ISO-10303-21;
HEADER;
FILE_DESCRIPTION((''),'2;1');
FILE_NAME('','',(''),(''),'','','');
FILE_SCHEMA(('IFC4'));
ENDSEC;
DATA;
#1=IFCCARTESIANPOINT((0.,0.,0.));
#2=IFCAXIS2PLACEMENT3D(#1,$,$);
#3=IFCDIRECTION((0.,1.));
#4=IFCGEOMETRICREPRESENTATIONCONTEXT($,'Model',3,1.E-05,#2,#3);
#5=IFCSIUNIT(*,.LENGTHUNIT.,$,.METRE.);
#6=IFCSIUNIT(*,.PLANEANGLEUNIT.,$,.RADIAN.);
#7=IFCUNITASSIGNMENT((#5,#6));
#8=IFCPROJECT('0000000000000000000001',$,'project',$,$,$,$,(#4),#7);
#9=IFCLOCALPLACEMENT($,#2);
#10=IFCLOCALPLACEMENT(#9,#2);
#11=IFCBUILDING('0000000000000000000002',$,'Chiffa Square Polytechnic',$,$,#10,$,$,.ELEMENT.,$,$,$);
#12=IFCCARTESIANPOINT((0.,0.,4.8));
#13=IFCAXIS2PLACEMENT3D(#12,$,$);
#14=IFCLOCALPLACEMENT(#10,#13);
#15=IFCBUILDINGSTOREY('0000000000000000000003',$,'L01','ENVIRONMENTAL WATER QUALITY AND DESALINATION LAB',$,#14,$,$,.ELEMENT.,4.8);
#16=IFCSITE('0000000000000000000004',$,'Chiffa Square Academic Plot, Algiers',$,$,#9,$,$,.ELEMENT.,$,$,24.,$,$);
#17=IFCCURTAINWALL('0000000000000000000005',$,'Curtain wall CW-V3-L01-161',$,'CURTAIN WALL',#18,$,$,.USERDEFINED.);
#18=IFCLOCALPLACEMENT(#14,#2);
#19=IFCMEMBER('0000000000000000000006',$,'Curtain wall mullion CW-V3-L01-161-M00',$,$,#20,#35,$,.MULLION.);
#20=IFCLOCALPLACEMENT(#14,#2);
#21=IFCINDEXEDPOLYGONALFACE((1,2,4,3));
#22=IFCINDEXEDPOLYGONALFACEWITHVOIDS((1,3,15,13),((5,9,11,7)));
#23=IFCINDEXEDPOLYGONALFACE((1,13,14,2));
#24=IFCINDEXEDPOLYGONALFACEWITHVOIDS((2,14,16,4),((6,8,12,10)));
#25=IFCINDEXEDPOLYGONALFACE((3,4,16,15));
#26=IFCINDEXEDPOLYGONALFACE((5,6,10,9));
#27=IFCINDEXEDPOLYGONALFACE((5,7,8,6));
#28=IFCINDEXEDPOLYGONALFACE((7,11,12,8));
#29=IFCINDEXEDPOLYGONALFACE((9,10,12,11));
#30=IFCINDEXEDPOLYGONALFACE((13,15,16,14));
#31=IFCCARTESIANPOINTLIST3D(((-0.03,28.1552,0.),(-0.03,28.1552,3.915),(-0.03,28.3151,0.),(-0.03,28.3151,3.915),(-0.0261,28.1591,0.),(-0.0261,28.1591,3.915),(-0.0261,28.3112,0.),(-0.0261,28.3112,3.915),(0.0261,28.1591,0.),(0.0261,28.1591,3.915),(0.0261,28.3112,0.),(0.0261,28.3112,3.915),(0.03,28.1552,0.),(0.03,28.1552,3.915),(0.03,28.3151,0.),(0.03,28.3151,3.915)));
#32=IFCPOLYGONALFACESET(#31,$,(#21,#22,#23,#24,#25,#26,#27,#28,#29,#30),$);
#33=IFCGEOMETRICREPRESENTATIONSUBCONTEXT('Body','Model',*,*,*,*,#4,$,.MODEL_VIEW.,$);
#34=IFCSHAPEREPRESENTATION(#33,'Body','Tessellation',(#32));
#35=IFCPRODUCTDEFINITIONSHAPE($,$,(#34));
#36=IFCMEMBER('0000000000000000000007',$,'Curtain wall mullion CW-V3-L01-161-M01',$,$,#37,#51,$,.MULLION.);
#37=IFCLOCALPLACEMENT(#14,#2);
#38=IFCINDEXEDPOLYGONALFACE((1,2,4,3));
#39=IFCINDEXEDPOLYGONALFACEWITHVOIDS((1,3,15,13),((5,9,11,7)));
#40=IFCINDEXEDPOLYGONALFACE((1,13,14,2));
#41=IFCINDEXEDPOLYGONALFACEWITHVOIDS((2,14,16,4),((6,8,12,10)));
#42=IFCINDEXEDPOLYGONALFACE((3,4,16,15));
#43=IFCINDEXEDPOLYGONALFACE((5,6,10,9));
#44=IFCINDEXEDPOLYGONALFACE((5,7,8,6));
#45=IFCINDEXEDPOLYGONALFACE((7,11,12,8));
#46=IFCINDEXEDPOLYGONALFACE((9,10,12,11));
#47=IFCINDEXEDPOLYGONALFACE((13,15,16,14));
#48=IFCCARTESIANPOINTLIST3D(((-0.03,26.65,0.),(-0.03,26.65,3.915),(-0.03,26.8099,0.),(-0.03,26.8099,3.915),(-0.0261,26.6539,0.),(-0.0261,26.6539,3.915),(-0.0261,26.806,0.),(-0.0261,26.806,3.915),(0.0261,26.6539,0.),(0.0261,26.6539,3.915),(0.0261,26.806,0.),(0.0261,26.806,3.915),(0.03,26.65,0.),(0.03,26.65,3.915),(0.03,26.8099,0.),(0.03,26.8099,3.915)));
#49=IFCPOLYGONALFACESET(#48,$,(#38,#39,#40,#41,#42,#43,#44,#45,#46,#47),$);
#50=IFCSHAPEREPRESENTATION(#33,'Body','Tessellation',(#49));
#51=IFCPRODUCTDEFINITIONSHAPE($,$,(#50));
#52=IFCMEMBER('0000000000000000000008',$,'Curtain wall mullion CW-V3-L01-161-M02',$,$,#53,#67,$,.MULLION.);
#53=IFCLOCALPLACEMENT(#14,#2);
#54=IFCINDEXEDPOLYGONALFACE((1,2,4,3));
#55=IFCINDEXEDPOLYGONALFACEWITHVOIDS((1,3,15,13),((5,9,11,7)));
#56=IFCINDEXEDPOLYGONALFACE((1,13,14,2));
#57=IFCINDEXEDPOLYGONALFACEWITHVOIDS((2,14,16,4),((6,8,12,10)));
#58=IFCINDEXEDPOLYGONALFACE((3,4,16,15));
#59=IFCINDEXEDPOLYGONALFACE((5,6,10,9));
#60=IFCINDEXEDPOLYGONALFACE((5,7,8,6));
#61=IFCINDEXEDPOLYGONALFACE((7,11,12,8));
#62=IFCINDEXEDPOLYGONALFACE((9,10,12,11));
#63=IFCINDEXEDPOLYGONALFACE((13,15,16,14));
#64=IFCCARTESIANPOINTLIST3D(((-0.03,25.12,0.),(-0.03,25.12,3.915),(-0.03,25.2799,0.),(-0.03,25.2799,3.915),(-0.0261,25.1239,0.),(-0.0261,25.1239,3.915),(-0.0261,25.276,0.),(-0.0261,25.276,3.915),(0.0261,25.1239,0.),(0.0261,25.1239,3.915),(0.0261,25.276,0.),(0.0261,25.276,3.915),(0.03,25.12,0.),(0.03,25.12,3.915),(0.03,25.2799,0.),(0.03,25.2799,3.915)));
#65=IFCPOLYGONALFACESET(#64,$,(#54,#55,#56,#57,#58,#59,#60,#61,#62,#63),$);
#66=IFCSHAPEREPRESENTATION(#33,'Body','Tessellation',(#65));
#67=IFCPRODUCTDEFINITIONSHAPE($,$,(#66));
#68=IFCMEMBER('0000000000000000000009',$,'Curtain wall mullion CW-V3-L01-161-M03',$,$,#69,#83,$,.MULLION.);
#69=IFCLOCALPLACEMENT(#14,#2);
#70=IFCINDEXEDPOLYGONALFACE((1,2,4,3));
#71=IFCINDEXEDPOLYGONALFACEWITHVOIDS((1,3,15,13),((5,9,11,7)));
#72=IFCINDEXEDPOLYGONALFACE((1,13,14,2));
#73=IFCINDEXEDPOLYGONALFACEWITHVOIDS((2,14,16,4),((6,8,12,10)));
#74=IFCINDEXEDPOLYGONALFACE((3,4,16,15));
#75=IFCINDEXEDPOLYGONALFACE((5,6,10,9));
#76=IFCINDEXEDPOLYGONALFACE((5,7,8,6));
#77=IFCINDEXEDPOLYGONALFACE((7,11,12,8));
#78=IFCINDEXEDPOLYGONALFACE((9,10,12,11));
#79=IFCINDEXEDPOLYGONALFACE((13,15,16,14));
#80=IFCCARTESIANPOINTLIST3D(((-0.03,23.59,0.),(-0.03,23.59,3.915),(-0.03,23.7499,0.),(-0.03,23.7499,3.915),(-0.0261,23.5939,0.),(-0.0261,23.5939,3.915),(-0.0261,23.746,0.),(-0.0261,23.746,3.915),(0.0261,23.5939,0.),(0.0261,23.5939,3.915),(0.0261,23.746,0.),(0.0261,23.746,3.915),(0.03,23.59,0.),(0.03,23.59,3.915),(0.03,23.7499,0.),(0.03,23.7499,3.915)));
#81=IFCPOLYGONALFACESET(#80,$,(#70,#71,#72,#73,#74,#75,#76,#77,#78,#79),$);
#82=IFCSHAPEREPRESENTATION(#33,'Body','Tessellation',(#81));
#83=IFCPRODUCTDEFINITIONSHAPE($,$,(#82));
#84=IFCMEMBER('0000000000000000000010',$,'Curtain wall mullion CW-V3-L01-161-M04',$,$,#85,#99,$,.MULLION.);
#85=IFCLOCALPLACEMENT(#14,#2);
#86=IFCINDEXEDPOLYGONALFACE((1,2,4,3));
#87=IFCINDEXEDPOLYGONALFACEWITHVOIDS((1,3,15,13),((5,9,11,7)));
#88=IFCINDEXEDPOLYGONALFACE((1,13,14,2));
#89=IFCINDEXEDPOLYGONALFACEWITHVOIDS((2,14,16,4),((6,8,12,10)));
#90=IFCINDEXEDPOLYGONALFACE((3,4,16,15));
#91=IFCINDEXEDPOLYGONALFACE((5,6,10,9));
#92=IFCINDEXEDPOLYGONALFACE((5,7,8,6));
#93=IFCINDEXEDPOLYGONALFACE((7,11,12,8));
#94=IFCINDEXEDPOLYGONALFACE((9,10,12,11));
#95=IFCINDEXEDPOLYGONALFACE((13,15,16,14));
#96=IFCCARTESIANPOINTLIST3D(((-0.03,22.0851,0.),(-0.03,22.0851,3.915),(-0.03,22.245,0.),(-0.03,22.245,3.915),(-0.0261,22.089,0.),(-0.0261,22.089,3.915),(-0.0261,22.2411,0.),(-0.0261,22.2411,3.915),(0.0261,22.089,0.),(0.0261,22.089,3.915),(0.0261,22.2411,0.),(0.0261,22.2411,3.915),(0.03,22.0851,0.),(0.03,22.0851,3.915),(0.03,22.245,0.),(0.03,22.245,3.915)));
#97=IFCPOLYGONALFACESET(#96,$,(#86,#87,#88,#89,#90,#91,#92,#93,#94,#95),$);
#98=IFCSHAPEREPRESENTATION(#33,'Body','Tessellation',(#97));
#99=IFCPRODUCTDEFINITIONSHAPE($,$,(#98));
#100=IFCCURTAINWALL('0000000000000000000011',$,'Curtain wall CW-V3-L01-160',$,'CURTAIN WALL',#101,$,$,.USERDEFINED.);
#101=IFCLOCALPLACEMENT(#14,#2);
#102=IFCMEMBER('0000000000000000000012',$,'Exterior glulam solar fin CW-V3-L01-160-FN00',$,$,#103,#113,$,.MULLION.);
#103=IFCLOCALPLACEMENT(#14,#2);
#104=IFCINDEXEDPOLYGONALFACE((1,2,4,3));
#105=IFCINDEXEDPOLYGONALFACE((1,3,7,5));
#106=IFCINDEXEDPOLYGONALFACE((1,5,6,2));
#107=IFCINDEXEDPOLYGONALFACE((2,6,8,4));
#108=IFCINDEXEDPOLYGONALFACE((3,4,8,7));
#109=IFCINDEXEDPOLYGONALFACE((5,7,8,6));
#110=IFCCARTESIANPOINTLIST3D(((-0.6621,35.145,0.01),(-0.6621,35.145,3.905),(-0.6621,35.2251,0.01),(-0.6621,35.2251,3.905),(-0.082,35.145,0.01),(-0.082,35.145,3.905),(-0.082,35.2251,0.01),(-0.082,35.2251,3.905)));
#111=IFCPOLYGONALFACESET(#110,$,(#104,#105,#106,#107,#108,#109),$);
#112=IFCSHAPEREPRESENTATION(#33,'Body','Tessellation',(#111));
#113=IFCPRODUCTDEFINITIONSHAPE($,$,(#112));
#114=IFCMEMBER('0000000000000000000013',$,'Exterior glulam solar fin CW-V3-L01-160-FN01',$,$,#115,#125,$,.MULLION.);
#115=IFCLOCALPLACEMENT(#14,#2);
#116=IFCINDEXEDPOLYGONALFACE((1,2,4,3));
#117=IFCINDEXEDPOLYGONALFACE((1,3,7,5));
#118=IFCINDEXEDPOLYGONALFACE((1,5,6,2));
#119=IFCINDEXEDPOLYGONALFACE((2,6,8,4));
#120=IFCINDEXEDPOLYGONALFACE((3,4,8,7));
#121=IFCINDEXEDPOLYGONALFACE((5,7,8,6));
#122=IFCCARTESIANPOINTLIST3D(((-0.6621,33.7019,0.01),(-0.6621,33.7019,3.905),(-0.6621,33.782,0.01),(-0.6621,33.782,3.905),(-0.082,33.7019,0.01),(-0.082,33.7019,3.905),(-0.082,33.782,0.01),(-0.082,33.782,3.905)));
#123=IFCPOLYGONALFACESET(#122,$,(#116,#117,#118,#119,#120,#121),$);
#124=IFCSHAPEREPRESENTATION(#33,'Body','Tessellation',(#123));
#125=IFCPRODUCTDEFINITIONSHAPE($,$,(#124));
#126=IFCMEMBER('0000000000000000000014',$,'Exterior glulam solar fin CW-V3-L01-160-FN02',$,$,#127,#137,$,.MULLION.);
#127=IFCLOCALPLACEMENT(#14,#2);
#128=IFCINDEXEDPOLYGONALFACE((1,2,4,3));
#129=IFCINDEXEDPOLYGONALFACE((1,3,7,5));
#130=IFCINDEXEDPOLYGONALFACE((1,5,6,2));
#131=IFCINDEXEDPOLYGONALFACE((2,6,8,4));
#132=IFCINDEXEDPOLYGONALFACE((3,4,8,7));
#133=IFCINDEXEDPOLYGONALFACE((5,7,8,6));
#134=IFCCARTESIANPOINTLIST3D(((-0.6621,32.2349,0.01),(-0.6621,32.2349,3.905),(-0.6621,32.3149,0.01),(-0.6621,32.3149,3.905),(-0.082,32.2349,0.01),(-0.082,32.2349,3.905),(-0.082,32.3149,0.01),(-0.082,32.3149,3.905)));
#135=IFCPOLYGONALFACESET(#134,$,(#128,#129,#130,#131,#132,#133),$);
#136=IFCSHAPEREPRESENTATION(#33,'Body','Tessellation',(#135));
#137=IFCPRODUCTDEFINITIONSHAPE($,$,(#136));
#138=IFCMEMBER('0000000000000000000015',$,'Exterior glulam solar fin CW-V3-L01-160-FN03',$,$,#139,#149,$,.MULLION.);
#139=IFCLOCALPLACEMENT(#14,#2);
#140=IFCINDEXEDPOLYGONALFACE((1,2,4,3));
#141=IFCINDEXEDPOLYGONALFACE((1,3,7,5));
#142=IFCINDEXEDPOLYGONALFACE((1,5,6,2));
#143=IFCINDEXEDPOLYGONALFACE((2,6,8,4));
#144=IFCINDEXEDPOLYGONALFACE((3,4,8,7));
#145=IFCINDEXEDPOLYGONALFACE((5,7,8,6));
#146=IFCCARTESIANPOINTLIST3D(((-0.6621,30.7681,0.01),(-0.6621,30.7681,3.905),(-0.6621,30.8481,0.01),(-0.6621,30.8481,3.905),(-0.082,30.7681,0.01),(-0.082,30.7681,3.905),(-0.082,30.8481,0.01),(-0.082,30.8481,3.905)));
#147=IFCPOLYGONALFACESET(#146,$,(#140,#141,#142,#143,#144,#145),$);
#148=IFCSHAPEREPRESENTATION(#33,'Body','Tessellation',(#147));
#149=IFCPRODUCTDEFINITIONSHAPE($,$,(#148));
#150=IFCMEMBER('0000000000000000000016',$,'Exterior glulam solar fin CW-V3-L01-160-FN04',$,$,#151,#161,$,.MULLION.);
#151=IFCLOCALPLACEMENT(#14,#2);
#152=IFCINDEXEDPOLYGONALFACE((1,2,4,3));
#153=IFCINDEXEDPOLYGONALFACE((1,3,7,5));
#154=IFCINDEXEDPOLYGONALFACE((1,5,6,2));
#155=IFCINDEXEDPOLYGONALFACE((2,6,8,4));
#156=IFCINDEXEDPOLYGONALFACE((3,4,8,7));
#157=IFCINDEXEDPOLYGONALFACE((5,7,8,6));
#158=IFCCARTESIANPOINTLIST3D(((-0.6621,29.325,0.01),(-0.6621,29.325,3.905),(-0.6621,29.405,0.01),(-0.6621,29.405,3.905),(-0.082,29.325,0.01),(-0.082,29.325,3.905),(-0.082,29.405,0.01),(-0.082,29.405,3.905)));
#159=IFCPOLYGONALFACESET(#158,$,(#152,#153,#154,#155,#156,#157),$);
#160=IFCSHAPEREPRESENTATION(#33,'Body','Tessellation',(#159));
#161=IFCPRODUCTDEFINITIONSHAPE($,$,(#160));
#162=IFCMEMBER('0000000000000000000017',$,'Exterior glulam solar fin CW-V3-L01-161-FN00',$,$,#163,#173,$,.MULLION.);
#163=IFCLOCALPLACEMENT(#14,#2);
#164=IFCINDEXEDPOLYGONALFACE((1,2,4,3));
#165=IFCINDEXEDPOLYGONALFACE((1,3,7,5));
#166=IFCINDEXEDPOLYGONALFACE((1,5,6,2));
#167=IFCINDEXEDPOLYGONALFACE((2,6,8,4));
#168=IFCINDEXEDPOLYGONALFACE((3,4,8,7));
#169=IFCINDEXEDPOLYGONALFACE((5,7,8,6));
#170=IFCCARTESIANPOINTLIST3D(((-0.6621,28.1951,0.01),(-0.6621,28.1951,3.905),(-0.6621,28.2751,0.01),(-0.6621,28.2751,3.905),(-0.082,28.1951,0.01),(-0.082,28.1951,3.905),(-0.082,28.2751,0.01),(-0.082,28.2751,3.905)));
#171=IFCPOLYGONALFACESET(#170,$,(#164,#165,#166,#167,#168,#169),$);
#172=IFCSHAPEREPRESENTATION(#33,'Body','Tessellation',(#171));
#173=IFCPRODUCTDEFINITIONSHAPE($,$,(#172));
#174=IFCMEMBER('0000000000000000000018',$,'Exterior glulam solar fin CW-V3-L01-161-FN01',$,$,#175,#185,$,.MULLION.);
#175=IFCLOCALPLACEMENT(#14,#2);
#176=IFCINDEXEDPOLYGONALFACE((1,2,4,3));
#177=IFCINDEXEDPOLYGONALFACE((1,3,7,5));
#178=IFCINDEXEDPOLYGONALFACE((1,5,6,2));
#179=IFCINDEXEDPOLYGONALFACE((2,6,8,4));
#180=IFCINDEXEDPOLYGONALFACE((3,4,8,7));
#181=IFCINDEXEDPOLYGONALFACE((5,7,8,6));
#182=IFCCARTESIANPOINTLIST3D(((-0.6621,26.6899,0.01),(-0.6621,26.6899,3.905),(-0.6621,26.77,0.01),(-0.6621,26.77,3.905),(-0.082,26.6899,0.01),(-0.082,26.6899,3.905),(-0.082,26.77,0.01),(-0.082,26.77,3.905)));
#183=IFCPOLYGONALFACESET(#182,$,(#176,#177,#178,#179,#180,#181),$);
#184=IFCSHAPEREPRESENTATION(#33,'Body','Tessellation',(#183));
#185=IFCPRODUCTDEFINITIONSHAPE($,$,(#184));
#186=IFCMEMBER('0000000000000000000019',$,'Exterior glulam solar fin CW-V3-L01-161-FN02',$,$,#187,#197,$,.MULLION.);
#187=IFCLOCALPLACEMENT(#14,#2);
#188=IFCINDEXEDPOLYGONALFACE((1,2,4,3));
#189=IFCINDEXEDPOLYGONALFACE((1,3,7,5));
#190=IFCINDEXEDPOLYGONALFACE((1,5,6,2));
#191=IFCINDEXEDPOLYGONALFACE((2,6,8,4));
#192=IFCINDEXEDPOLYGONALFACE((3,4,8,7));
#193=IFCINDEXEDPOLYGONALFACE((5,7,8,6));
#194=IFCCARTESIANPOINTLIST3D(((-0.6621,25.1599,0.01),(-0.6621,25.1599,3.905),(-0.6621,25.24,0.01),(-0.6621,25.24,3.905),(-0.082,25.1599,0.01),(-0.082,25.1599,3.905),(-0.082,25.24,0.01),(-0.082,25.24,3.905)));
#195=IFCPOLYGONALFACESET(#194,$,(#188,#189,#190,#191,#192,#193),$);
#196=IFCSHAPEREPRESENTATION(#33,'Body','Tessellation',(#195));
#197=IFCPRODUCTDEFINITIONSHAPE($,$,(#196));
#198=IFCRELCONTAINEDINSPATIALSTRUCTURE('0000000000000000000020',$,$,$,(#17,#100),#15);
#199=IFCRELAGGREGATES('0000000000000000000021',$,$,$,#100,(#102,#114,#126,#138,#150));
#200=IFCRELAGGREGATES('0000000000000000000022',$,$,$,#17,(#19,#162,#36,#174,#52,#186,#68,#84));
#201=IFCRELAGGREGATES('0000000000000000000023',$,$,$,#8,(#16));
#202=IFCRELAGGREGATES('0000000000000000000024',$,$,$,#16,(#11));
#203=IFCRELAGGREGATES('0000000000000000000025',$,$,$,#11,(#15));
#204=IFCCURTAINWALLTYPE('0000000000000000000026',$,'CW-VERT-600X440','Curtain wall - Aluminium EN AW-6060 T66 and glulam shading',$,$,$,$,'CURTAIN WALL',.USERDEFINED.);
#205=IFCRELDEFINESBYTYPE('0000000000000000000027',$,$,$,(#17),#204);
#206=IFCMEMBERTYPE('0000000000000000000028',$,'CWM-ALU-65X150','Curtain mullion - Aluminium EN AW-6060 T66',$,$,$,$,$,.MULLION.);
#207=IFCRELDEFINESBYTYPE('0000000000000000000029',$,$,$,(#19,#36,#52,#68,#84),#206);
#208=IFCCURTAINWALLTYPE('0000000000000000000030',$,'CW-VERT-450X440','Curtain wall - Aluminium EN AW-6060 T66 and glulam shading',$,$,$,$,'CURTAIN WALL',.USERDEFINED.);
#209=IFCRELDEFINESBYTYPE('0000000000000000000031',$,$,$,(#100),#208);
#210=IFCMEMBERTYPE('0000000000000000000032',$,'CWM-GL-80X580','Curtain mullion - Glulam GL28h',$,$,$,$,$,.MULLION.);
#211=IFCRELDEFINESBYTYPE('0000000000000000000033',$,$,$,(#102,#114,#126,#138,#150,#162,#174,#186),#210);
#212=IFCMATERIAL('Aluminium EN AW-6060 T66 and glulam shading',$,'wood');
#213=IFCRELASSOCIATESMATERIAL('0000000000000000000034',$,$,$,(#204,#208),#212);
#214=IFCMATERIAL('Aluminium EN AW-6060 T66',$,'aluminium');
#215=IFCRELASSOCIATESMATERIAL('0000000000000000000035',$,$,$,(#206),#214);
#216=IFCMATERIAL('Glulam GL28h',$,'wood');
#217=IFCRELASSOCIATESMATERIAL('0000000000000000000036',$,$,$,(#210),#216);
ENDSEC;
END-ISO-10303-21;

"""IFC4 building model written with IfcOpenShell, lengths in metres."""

from ifc_helpers import new_model, si_unit, direction, frame, origin, origin_2d, place, context, subcontext, project, spatial, rectangle, hollow_rectangle, extrude, material, material_profile, profile_set, type_object, element, aggregate, save


model = new_model("IFC4")

# Units and contexts
model_context = context("Model", 3, precision=1e-05, world=origin(), true_north=direction((0.0, 1.0)))
body_context = subcontext(model_context, "Body", "Model", "MODEL_VIEW")
ifc_project = project(units=[si_unit("LENGTHUNIT", "METRE"), si_unit("PLANEANGLEUNIT", "RADIAN")], contexts=[model_context])

# Site, building, storey
site_placement = place(None, origin())
site = spatial("IfcSite", under=ifc_project, at=site_placement, Name="Chiffa Square Academic Plot, Algiers", CompositionType="ELEMENT", RefElevation=24.0)
building_placement = place(site_placement, origin())
building = spatial("IfcBuilding", under=site, at=building_placement, Name="Chiffa Square Polytechnic", CompositionType="ELEMENT")
storey_placement = place(building_placement, frame((0.0, 0.0, 4.8)))
storey = spatial("IfcBuildingStorey", under=building, at=storey_placement, Name="L01", Description="ENVIRONMENTAL WATER QUALITY AND DESALINATION LAB", CompositionType="ELEMENT", Elevation=4.8)

# Curtain walls, members
ifc_material_1 = material(Name="Aluminium EN AW-6060 T66 and glulam shading", Category="wood")
curtain_wall_type_1 = type_object("IfcCurtainWallType", Name="CW-VERT-600X440", Description="Curtain wall - Aluminium EN AW-6060 T66 and glulam shading", ElementType="CURTAIN WALL", PredefinedType="USERDEFINED", material=ifc_material_1)
curtain_wall_1_placement = place(storey_placement, origin())
curtain_wall_1 = element("IfcCurtainWall", 1, at=curtain_wall_1_placement, inside=storey, type_object=curtain_wall_type_1, Name="Curtain wall CW-V3-L01-161", ObjectType="CURTAIN WALL", PredefinedType="USERDEFINED")
ifc_material_2 = material(Name="Aluminium EN AW-6060 T66", Category="aluminium")
ifc_material_profile_1 = material_profile(ifc_material_2, hollow_rectangle(XDim=0.0601, YDim=0.1599, WallThickness=0.0039, at=origin_2d()), Name="ALU 60x160x4")
ifc_profile_set_1 = profile_set([ifc_material_profile_1], Name="Aluminium EN AW-6060 T66")
member_type_1 = type_object("IfcMemberType", Name="CWM-ALU-65X150", Description="Curtain mullion - Aluminium EN AW-6060 T66", PredefinedType="MULLION", material=ifc_profile_set_1)
member_1_placement = place(storey_placement, frame((0.0, 28.2351, 0.0), z_axis=(0.0, 0.0, 1.0), x_axis=(1.0, 0.0, 0.0)))
member_1 = element("IfcMember", 2, at=member_1_placement, type_object=member_type_1, Name="Curtain wall mullion CW-V3-L01-161-M00", PredefinedType="MULLION", context=body_context, shape_type="SweptSolid", body=[
    extrude(hollow_rectangle(XDim=0.0601, YDim=0.1599, WallThickness=0.0039, at=origin_2d()), origin(), (0.0, 0.0, 1.0), 3.915),
])
member_2_placement = place(storey_placement, frame((0.0, 26.73, 0.0), z_axis=(0.0, 0.0, 1.0), x_axis=(1.0, 0.0, 0.0)))
member_2 = element("IfcMember", 3, at=member_2_placement, type_object=member_type_1, Name="Curtain wall mullion CW-V3-L01-161-M01", PredefinedType="MULLION", context=body_context, shape_type="SweptSolid", body=[
    extrude(hollow_rectangle(XDim=0.0601, YDim=0.1599, WallThickness=0.0039, at=origin_2d()), origin(), (0.0, 0.0, 1.0), 3.915),
])
member_3_placement = place(storey_placement, frame((0.0, 25.2, 0.0), z_axis=(0.0, 0.0, 1.0), x_axis=(1.0, 0.0, 0.0)))
member_3 = element("IfcMember", 4, at=member_3_placement, type_object=member_type_1, Name="Curtain wall mullion CW-V3-L01-161-M02", PredefinedType="MULLION", context=body_context, shape_type="SweptSolid", body=[
    extrude(hollow_rectangle(XDim=0.0601, YDim=0.1599, WallThickness=0.0039, at=origin_2d()), origin(), (0.0, 0.0, 1.0), 3.915),
])
member_4_placement = place(storey_placement, frame((0.0, 23.6699, 0.0), z_axis=(0.0, 0.0, 1.0), x_axis=(1.0, 0.0, 0.0)))
member_4 = element("IfcMember", 5, at=member_4_placement, type_object=member_type_1, Name="Curtain wall mullion CW-V3-L01-161-M03", PredefinedType="MULLION", context=body_context, shape_type="SweptSolid", body=[
    extrude(hollow_rectangle(XDim=0.0601, YDim=0.1599, WallThickness=0.0039, at=origin_2d()), origin(), (0.0, 0.0, 1.0), 3.915),
])
member_5_placement = place(storey_placement, frame((0.0, 22.165, 0.0), z_axis=(0.0, 0.0, 1.0), x_axis=(1.0, 0.0, 0.0)))
member_5 = element("IfcMember", 6, at=member_5_placement, type_object=member_type_1, Name="Curtain wall mullion CW-V3-L01-161-M04", PredefinedType="MULLION", context=body_context, shape_type="SweptSolid", body=[
    extrude(hollow_rectangle(XDim=0.0601, YDim=0.1599, WallThickness=0.0039, at=origin_2d()), origin(), (0.0, 0.0, 1.0), 3.915),
])
curtain_wall_type_2 = type_object("IfcCurtainWallType", Name="CW-VERT-450X440", Description="Curtain wall - Aluminium EN AW-6060 T66 and glulam shading", ElementType="CURTAIN WALL", PredefinedType="USERDEFINED", material=ifc_material_1)
curtain_wall_2_placement = place(storey_placement, origin())
curtain_wall_2 = element("IfcCurtainWall", 7, at=curtain_wall_2_placement, inside=storey, type_object=curtain_wall_type_2, Name="Curtain wall CW-V3-L01-160", ObjectType="CURTAIN WALL", PredefinedType="USERDEFINED")
ifc_material_3 = material(Name="Glulam GL28h", Category="wood")
ifc_material_profile_2 = material_profile(ifc_material_3, rectangle(XDim=0.0801, YDim=0.5801, at=origin_2d()), Name="GL28h 80x580")
ifc_profile_set_2 = profile_set([ifc_material_profile_2], Name="Glulam GL28h")
member_type_2 = type_object("IfcMemberType", Name="CWM-GL-80X580", Description="Curtain mullion - Glulam GL28h", PredefinedType="MULLION", material=ifc_profile_set_2)
member_6_placement = place(storey_placement, frame((-0.3721, 35.1851, 0.01), z_axis=(0.0, 0.0, 1.0), x_axis=(0.0, -1.0, 0.0)))
member_6 = element("IfcMember", 8, at=member_6_placement, type_object=member_type_2, Name="Exterior glulam solar fin CW-V3-L01-160-FN00", PredefinedType="MULLION", context=body_context, shape_type="SweptSolid", body=[
    extrude(rectangle(XDim=0.0801, YDim=0.5801, at=origin_2d()), origin(), (0.0, 0.0, 1.0), 3.895),
])
member_7_placement = place(storey_placement, frame((-0.3721, 33.7419, 0.01), z_axis=(0.0, 0.0, 1.0), x_axis=(0.0, -1.0, 0.0)))
member_7 = element("IfcMember", 9, at=member_7_placement, type_object=member_type_2, Name="Exterior glulam solar fin CW-V3-L01-160-FN01", PredefinedType="MULLION", context=body_context, shape_type="SweptSolid", body=[
    extrude(rectangle(XDim=0.0801, YDim=0.5801, at=origin_2d()), origin(), (0.0, 0.0, 1.0), 3.895),
])
member_8_placement = place(storey_placement, frame((-0.3721, 32.2749, 0.01), z_axis=(0.0, 0.0, 1.0), x_axis=(0.0, -1.0, 0.0)))
member_8 = element("IfcMember", 10, at=member_8_placement, type_object=member_type_2, Name="Exterior glulam solar fin CW-V3-L01-160-FN02", PredefinedType="MULLION", context=body_context, shape_type="SweptSolid", body=[
    extrude(rectangle(XDim=0.0801, YDim=0.5801, at=origin_2d()), origin(), (0.0, 0.0, 1.0), 3.895),
])
member_9_placement = place(storey_placement, frame((-0.3721, 30.8081, 0.01), z_axis=(0.0, 0.0, 1.0), x_axis=(0.0, -1.0, 0.0)))
member_9 = element("IfcMember", 11, at=member_9_placement, type_object=member_type_2, Name="Exterior glulam solar fin CW-V3-L01-160-FN03", PredefinedType="MULLION", context=body_context, shape_type="SweptSolid", body=[
    extrude(rectangle(XDim=0.0801, YDim=0.5801, at=origin_2d()), origin(), (0.0, 0.0, 1.0), 3.895),
])
member_10_placement = place(storey_placement, frame((-0.3721, 29.365, 0.01), z_axis=(0.0, 0.0, 1.0), x_axis=(0.0, -1.0, 0.0)))
member_10 = element("IfcMember", 12, at=member_10_placement, type_object=member_type_2, Name="Exterior glulam solar fin CW-V3-L01-160-FN04", PredefinedType="MULLION", context=body_context, shape_type="SweptSolid", body=[
    extrude(rectangle(XDim=0.0801, YDim=0.5801, at=origin_2d()), origin(), (0.0, 0.0, 1.0), 3.895),
])

# Members
member_11_placement = place(storey_placement, frame((-0.3721, 28.2351, 0.01), z_axis=(0.0, 0.0, 1.0), x_axis=(0.0, -1.0, 0.0)))
member_11 = element("IfcMember", 13, at=member_11_placement, type_object=member_type_2, Name="Exterior glulam solar fin CW-V3-L01-161-FN00", PredefinedType="MULLION", context=body_context, shape_type="SweptSolid", body=[
    extrude(rectangle(XDim=0.0801, YDim=0.5801, at=origin_2d()), origin(), (0.0, 0.0, 1.0), 3.895),
])
member_12_placement = place(storey_placement, frame((-0.3721, 26.73, 0.01), z_axis=(0.0, 0.0, 1.0), x_axis=(0.0, -1.0, 0.0)))
member_12 = element("IfcMember", 14, at=member_12_placement, type_object=member_type_2, Name="Exterior glulam solar fin CW-V3-L01-161-FN01", PredefinedType="MULLION", context=body_context, shape_type="SweptSolid", body=[
    extrude(rectangle(XDim=0.0801, YDim=0.5801, at=origin_2d()), origin(), (0.0, 0.0, 1.0), 3.895),
])
member_13_placement = place(storey_placement, frame((-0.3721, 25.2, 0.01), z_axis=(0.0, 0.0, 1.0), x_axis=(0.0, -1.0, 0.0)))
member_13 = element("IfcMember", 15, at=member_13_placement, type_object=member_type_2, Name="Exterior glulam solar fin CW-V3-L01-161-FN02", PredefinedType="MULLION", context=body_context, shape_type="SweptSolid", body=[
    extrude(rectangle(XDim=0.0801, YDim=0.5801, at=origin_2d()), origin(), (0.0, 0.0, 1.0), 3.895),
])
aggregate(curtain_wall_2, [member_6, member_7, member_8, member_9, member_10])

aggregate(curtain_wall_1, [member_1, member_11, member_2, member_12, member_3, member_13, member_4, member_5])

save(model, "model.ifc")
